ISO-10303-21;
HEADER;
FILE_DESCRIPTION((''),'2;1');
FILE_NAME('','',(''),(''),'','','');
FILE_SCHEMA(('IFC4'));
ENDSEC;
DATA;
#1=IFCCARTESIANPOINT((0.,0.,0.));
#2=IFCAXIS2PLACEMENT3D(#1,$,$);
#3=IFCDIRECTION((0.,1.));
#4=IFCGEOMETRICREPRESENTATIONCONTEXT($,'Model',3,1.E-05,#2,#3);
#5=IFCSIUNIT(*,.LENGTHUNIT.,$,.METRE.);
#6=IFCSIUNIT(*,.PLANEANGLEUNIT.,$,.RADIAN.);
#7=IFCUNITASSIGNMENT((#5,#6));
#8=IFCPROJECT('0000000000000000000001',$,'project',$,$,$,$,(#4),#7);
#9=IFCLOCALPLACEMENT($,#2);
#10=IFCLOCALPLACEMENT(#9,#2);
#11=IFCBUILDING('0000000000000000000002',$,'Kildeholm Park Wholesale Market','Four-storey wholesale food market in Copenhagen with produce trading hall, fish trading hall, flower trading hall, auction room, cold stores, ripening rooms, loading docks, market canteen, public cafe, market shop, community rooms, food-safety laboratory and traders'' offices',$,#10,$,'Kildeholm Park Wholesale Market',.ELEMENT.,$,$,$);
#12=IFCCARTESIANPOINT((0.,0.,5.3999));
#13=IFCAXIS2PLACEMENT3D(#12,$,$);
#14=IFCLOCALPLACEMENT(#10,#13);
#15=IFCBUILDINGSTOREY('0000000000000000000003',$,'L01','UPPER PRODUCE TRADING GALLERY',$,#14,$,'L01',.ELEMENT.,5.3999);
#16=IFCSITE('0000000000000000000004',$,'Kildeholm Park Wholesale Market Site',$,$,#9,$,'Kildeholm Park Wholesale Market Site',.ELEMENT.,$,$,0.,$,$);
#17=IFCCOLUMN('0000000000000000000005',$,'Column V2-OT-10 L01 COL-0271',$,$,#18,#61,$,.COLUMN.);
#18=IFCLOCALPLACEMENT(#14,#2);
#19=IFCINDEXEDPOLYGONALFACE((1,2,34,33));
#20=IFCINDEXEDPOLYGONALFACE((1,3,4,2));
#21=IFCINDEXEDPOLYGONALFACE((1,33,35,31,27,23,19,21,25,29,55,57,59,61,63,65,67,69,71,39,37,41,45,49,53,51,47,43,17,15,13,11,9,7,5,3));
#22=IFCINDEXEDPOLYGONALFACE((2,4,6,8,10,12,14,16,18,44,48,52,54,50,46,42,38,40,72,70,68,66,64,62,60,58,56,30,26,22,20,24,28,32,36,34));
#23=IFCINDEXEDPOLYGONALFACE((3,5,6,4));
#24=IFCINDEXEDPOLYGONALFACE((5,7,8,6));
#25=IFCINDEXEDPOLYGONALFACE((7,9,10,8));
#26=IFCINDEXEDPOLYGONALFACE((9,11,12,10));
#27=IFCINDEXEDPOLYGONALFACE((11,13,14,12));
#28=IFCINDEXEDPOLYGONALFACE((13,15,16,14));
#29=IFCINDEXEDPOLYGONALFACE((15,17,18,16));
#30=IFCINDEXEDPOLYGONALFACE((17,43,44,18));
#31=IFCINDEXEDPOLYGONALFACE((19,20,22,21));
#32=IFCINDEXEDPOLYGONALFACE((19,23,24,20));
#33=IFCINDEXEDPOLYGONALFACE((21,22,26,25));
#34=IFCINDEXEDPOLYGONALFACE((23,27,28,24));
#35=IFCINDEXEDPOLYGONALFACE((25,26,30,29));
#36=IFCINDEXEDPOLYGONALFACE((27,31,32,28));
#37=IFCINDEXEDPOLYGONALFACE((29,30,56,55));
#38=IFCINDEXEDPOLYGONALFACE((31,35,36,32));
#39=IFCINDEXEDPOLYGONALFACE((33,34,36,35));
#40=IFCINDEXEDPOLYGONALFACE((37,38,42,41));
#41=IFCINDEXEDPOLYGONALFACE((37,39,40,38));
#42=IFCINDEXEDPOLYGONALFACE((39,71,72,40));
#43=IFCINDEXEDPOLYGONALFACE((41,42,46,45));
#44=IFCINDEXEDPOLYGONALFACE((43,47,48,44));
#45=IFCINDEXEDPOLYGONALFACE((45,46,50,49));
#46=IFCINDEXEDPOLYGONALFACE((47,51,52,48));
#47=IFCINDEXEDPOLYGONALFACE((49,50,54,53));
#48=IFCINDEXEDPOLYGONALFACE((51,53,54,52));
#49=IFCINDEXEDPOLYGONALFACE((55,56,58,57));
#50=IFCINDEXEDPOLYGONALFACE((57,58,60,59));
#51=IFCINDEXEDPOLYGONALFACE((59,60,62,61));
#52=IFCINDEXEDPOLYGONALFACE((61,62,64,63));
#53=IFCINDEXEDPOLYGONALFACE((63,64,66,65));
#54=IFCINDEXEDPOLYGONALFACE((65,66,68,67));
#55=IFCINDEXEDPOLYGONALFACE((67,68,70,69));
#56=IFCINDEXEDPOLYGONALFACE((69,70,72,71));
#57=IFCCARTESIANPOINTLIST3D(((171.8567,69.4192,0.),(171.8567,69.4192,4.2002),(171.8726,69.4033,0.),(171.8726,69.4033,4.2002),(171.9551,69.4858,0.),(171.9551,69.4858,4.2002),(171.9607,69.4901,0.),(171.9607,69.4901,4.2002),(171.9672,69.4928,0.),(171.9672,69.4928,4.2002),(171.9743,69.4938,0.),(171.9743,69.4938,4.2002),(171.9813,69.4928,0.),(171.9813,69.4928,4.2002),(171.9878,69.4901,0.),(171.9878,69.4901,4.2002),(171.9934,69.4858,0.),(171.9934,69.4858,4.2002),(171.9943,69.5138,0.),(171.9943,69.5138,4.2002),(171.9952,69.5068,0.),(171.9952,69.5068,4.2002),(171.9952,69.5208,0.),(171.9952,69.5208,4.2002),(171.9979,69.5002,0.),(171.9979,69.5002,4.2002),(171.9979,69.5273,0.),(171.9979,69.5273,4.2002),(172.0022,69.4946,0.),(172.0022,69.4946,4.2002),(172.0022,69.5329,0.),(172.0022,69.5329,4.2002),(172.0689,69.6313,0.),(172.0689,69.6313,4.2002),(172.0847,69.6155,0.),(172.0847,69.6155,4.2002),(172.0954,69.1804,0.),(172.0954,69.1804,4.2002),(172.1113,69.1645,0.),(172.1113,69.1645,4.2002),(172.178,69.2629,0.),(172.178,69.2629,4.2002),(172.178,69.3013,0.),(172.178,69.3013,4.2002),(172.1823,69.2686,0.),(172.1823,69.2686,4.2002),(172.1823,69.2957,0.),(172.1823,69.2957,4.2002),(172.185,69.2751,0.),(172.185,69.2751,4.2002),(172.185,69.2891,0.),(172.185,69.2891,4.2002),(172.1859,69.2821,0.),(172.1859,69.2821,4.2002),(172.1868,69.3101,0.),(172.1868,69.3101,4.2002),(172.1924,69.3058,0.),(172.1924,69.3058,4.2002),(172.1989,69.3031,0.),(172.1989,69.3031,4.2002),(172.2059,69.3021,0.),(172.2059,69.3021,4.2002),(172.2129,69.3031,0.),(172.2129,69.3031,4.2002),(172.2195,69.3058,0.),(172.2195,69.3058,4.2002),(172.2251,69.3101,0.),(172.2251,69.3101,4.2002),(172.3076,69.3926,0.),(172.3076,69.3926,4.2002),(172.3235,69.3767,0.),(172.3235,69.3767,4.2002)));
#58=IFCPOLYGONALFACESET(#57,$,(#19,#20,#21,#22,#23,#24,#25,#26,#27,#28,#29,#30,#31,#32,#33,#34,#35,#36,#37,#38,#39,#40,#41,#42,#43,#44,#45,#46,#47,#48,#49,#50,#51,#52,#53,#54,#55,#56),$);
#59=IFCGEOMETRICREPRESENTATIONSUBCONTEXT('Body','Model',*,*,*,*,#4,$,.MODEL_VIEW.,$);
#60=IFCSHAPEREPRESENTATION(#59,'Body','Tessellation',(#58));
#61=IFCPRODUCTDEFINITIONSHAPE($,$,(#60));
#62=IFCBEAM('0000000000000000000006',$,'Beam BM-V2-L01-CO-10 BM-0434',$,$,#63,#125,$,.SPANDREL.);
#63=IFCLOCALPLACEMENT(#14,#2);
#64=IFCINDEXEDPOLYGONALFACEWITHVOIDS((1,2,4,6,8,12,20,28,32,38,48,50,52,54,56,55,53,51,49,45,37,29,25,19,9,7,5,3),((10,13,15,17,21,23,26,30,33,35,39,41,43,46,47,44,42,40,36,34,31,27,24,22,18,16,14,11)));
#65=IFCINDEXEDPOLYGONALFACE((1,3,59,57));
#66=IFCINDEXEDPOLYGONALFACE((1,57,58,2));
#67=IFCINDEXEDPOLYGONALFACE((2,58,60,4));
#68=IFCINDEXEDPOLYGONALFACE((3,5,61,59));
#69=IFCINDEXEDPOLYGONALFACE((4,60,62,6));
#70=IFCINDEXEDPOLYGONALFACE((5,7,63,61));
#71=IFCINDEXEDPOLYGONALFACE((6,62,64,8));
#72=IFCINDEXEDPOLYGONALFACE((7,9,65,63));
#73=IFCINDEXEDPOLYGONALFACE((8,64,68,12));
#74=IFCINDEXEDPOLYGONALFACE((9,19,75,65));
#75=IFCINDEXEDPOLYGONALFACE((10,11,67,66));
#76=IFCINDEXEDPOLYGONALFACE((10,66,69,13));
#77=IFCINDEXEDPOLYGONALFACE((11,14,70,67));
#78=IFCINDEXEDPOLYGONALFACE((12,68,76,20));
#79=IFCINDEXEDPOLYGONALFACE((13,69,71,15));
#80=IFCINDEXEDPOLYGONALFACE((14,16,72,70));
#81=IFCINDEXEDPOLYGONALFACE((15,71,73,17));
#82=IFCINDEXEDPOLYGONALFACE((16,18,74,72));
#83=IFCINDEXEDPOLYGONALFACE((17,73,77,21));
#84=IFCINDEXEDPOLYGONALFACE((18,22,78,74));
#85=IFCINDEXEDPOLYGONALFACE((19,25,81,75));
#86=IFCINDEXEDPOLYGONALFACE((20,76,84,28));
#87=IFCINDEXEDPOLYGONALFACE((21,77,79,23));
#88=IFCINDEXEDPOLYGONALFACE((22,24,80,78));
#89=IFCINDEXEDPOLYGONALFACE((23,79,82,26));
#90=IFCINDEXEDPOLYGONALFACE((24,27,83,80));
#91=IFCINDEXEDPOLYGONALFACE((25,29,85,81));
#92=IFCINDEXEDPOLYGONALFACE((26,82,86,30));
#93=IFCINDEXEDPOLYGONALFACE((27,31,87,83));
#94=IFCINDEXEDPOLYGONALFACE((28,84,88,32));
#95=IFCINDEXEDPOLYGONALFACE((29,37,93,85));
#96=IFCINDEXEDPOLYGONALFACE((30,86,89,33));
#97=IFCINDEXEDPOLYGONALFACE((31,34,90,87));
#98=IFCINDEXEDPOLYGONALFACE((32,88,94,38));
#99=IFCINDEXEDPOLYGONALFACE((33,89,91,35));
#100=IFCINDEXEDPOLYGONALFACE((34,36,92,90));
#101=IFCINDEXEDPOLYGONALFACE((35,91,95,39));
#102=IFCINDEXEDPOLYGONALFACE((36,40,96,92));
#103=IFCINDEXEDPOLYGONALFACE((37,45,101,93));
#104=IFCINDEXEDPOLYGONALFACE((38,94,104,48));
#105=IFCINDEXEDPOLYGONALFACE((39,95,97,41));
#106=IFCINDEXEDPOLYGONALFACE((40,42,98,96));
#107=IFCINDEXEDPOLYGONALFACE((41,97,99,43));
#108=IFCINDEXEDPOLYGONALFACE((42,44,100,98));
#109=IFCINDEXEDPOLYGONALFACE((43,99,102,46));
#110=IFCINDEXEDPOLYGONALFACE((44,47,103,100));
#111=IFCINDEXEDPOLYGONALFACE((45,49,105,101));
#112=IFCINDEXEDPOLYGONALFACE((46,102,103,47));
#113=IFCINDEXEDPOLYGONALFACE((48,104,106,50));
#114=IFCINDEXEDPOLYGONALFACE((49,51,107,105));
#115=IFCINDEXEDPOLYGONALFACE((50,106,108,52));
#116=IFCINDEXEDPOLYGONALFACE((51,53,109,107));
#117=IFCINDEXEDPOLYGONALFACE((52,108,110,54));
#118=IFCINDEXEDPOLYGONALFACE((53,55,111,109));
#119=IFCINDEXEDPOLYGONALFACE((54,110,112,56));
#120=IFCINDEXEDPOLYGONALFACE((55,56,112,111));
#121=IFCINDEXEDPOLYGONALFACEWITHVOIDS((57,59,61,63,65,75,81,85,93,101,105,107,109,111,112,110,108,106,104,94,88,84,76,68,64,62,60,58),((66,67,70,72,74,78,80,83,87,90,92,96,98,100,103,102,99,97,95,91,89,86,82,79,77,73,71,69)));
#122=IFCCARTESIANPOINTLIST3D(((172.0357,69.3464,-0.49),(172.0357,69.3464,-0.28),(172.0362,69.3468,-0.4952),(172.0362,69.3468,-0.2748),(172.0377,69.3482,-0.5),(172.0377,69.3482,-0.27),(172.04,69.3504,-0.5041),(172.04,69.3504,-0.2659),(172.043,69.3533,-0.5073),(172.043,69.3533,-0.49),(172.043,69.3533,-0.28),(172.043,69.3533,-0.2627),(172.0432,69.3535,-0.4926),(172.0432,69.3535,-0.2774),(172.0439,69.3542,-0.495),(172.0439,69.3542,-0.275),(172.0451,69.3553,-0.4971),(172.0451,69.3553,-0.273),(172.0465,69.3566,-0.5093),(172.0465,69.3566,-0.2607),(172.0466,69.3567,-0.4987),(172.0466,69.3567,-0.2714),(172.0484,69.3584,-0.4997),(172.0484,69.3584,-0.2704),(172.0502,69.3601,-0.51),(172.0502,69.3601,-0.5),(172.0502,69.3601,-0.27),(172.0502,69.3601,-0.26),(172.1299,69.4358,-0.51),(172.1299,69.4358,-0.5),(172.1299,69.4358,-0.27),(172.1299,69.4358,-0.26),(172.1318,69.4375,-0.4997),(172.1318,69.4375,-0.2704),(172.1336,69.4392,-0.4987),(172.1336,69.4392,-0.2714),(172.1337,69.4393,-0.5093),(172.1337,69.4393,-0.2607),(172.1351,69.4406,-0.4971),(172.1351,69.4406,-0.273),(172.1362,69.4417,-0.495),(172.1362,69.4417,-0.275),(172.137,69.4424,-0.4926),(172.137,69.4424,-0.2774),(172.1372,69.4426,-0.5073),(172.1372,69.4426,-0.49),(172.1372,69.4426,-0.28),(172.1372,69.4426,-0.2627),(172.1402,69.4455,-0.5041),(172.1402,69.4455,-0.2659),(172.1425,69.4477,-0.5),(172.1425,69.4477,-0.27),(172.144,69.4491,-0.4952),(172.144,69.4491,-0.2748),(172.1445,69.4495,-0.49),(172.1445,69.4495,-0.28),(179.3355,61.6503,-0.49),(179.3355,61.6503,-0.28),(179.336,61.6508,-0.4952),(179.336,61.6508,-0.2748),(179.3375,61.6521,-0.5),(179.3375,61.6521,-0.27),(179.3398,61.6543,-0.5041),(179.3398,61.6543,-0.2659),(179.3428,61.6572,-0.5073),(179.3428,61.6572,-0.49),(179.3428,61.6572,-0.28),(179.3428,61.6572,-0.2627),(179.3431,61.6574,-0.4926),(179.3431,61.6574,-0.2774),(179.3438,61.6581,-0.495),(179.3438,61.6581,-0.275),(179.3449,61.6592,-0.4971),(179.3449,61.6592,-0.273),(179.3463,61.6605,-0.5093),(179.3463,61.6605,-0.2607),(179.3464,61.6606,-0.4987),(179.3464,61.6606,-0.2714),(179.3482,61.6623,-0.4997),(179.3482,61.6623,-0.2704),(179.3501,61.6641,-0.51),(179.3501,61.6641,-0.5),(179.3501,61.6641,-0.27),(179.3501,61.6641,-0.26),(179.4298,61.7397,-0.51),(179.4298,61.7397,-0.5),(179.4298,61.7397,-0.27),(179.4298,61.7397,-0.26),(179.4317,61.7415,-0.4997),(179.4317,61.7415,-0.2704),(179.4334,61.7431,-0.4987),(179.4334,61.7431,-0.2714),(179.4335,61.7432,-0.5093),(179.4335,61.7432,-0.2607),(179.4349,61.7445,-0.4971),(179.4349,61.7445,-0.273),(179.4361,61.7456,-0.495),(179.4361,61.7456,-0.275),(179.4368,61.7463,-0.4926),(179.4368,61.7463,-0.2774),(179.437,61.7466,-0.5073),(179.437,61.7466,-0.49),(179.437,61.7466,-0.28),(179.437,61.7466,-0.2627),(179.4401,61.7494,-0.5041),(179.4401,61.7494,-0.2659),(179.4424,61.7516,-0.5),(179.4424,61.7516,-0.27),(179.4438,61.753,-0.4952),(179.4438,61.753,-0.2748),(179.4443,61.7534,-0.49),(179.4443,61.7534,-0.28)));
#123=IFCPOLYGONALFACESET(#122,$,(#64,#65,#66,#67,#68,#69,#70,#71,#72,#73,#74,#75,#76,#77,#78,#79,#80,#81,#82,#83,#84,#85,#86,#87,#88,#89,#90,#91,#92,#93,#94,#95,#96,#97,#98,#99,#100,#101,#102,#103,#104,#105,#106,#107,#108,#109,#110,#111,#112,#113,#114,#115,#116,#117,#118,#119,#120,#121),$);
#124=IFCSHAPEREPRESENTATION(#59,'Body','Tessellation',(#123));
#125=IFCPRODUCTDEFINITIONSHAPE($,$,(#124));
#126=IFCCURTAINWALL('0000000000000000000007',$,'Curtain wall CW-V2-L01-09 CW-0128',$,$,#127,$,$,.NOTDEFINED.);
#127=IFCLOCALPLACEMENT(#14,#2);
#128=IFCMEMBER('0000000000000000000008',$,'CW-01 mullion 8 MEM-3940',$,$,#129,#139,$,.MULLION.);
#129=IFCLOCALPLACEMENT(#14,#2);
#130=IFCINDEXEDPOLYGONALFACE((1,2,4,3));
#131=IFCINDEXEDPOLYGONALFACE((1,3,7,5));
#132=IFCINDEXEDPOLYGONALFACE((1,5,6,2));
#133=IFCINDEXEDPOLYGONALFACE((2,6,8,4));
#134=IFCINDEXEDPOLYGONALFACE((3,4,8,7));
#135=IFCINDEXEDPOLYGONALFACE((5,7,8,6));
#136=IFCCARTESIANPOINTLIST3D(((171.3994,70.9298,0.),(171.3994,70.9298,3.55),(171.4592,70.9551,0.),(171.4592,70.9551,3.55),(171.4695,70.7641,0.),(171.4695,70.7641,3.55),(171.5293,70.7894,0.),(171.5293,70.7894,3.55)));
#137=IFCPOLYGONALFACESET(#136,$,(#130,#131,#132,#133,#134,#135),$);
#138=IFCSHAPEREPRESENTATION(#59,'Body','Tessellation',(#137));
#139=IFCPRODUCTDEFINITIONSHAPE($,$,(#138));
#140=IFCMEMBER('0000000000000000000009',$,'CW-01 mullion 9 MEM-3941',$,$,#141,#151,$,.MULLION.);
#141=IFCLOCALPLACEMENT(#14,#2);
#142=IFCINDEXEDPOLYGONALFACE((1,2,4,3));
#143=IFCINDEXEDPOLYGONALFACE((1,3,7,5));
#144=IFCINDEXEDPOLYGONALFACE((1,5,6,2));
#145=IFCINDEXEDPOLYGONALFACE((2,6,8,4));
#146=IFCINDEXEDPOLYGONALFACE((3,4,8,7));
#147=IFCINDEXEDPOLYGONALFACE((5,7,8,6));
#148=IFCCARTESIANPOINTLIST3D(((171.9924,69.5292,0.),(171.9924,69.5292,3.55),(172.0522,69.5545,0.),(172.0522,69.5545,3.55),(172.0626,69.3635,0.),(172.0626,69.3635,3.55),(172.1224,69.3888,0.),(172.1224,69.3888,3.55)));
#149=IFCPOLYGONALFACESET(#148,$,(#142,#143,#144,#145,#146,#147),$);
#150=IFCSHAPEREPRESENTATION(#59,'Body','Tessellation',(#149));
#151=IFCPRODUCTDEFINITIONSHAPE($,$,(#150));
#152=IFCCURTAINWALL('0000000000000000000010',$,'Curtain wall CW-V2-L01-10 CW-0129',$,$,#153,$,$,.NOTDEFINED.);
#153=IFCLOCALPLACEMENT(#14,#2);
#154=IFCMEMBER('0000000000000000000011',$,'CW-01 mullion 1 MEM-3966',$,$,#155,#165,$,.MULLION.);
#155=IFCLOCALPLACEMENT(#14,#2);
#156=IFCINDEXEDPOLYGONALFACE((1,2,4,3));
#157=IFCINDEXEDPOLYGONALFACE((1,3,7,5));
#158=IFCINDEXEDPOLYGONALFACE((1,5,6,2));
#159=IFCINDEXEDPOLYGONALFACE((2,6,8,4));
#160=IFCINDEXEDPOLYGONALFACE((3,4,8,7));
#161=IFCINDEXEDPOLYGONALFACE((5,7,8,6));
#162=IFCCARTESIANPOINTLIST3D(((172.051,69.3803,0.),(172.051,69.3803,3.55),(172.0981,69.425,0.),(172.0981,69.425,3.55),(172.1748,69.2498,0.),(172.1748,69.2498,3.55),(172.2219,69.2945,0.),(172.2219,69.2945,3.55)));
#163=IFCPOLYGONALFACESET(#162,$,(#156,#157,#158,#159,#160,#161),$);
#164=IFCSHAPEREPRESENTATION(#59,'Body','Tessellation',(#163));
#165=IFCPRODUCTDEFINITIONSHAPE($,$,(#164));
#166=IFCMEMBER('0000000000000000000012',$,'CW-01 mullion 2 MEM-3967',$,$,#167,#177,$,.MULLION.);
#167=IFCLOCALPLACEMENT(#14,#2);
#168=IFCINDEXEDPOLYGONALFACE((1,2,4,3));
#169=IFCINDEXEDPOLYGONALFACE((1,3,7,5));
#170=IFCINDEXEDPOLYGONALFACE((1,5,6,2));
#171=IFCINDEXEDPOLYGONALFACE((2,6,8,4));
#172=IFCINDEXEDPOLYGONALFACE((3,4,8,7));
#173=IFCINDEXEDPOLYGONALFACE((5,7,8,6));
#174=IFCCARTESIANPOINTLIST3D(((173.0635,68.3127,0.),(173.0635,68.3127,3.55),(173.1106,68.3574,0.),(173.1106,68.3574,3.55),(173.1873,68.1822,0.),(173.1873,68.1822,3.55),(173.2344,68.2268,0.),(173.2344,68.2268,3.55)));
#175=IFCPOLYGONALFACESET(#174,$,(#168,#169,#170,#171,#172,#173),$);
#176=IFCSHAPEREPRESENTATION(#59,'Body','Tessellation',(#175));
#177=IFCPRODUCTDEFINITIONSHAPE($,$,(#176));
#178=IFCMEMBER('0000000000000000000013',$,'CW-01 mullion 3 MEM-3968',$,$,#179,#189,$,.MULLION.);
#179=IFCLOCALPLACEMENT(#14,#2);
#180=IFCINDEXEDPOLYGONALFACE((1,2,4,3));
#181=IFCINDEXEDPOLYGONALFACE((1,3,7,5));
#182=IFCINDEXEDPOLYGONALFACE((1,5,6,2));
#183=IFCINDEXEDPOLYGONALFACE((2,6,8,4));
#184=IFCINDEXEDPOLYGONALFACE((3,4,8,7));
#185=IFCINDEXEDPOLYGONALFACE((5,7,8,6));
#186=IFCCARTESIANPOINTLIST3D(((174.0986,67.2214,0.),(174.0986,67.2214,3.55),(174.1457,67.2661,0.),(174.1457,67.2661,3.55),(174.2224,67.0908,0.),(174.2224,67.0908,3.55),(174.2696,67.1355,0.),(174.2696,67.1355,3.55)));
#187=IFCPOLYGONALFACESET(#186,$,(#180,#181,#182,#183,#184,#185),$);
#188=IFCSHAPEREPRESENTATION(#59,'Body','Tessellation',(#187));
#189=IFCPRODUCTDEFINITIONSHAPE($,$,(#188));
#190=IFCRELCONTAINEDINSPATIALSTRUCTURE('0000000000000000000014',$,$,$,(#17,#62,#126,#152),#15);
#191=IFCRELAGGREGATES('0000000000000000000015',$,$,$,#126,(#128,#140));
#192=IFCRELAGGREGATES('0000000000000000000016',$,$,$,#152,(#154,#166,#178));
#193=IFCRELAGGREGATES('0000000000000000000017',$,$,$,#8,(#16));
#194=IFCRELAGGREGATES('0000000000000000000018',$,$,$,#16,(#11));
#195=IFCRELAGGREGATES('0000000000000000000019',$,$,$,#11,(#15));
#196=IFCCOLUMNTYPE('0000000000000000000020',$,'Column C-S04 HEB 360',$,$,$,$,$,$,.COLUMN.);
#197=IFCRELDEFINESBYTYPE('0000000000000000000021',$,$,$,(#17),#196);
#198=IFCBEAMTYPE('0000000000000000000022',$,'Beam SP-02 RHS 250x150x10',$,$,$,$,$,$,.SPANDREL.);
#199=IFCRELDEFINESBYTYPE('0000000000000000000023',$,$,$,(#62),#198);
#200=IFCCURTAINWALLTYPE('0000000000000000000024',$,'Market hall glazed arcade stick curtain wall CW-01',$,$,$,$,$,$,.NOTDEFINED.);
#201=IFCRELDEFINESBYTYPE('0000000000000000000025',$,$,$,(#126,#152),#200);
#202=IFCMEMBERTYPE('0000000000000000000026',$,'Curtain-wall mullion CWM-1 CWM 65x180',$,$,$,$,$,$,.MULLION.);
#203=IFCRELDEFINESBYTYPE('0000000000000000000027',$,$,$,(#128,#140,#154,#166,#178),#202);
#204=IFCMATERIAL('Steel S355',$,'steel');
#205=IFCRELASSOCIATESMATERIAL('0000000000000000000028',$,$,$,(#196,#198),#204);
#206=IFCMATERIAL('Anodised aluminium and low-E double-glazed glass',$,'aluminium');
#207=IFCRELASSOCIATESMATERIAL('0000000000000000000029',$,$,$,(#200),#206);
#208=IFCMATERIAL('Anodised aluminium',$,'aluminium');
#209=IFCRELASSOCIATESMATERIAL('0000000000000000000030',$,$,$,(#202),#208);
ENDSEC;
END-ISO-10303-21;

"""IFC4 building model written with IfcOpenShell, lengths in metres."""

from ifc_helpers import new_model, si_unit, direction, frame, origin, origin_2d, place, context, subcontext, project, spatial, rectangle, hollow_rectangle, i_section, extrude, material, material_profile, profile_set, type_object, element, aggregate, save


model = new_model("IFC4")

# Units and contexts
model_context = context("Model", 3, precision=1e-05, world=origin(), true_north=direction((0.0, 1.0)))
body_context = subcontext(model_context, "Body", "Model", "MODEL_VIEW")
ifc_project = project(units=[si_unit("LENGTHUNIT", "METRE"), si_unit("PLANEANGLEUNIT", "RADIAN")], contexts=[model_context])

# Site, building, storey
site_placement = place(None, origin())
site = spatial("IfcSite", under=ifc_project, at=site_placement, Name="Kildeholm Park Wholesale Market Site", LongName="Kildeholm Park Wholesale Market Site", CompositionType="ELEMENT", RefElevation=0.0)
building_placement = place(site_placement, origin())
building = spatial("IfcBuilding", under=site, at=building_placement, Name="Kildeholm Park Wholesale Market", Description="Four-storey wholesale food market in Copenhagen with produce trading hall, fish trading hall, flower trading hall, auction room, cold stores, ripening rooms, loading docks, market canteen, public cafe, market shop, community rooms, food-safety laboratory and traders' offices", LongName="Kildeholm Park Wholesale Market", CompositionType="ELEMENT")
storey_placement = place(building_placement, frame((0.0, 0.0, 5.3999)))
storey = spatial("IfcBuildingStorey", under=building, at=storey_placement, Name="L01", Description="UPPER PRODUCE TRADING GALLERY", LongName="L01", CompositionType="ELEMENT", Elevation=5.3999)

# Column
ifc_material_1 = material(Name="Steel S355", Category="steel")
ifc_material_profile_1 = material_profile(ifc_material_1, i_section(OverallWidth=0.3, OverallDepth=0.3601, WebThickness=0.0125, FlangeThickness=0.0225, FilletRadius=0.0271, at=origin_2d()), Name="HEB 360")
ifc_profile_set_1 = profile_set([ifc_material_profile_1], Name="Steel S355")
column_type = type_object("IfcColumnType", Name="Column C-S04 HEB 360", PredefinedType="COLUMN", material=ifc_profile_set_1)
column_placement = place(storey_placement, frame((172.0901, 69.3979, 0.0), z_axis=(0.0, 0.0, 1.0), x_axis=(-0.707107, -0.707107, 0.0)))
element("IfcColumn", 1, at=column_placement, inside=storey, type_object=column_type, Name="Column V2-OT-10 L01 COL-0271", PredefinedType="COLUMN", context=body_context, shape_type="SweptSolid", body=[
    extrude(i_section(OverallWidth=0.3, OverallDepth=0.3601, WebThickness=0.0125, FlangeThickness=0.0225, FilletRadius=0.0271, at=origin_2d()), origin(), (0.0, 0.0, 1.0), 4.2002),
])

# Beam
ifc_material_profile_2 = material_profile(ifc_material_1, hollow_rectangle(XDim=0.1499, YDim=0.25, WallThickness=0.01, InnerFilletRadius=0.01, OuterFilletRadius=0.02, at=origin_2d()), Name="RHS 250x150x10")
ifc_profile_set_2 = profile_set([ifc_material_profile_2], Name="Steel S355")
beam_type = type_object("IfcBeamType", Name="Beam SP-02 RHS 250x150x10", PredefinedType="SPANDREL", material=ifc_profile_set_2)
beam_placement = place(storey_placement, frame((172.0901, 69.3979, -0.385), z_axis=(0.688182, -0.725538, 0.0), x_axis=(0.725538, 0.688182, 0.0)))
element("IfcBeam", 2, at=beam_placement, inside=storey, type_object=beam_type, Name="Beam BM-V2-L01-CO-10 BM-0434", PredefinedType="SPANDREL", context=body_context, shape_type="SweptSolid", body=[
    extrude(hollow_rectangle(XDim=0.1499, YDim=0.25, WallThickness=0.01, InnerFilletRadius=0.01, OuterFilletRadius=0.02, at=origin_2d()), origin(), (0.0, 0.0, 1.0), 10.6074),
])

# Curtain walls, members
ifc_material_2 = material(Name="Anodised aluminium and low-E double-glazed glass", Category="aluminium")
curtain_wall_type = type_object("IfcCurtainWallType", Name="Market hall glazed arcade stick curtain wall CW-01", PredefinedType="NOTDEFINED", material=ifc_material_2)
curtain_wall_1_placement = place(storey_placement, origin())
curtain_wall_1 = element("IfcCurtainWall", 3, at=curtain_wall_1_placement, inside=storey, type_object=curtain_wall_type, Name="Curtain wall CW-V2-L01-09 CW-0128", PredefinedType="NOTDEFINED")
ifc_material_3 = material(Name="Anodised aluminium", Category="aluminium")
ifc_material_profile_3 = material_profile(ifc_material_3, rectangle(XDim=0.0649, YDim=0.1799, at=origin_2d()), Name="CWM 65x180")
ifc_profile_set_3 = profile_set([ifc_material_profile_3], Name="Anodised aluminium")
member_type_1 = type_object("IfcMemberType", Name="Curtain-wall mullion CWM-1 CWM 65x180", PredefinedType="MULLION", material=ifc_profile_set_3)
member_1_placement = place(storey_placement, frame((171.4644, 70.8596, 0.0), z_axis=(0.0, 0.0, 1.0), x_axis=(0.920855, 0.389905, 0.0)))
member_1 = element("IfcMember", 4, at=member_1_placement, type_object=member_type_1, Name="CW-01 mullion 8 MEM-3940", PredefinedType="MULLION", context=body_context, shape_type="SweptSolid", body=[
    extrude(rectangle(XDim=0.0649, YDim=0.1799, at=origin_2d()), origin(), (0.0, 0.0, 1.0), 3.55),
])
member_2_placement = place(storey_placement, frame((172.0574, 69.459, 0.0), z_axis=(0.0, 0.0, 1.0), x_axis=(0.920855, 0.389905, 0.0)))
member_2 = element("IfcMember", 5, at=member_2_placement, type_object=member_type_1, Name="CW-01 mullion 9 MEM-3941", PredefinedType="MULLION", context=body_context, shape_type="SweptSolid", body=[
    extrude(rectangle(XDim=0.0649, YDim=0.1799, at=origin_2d()), origin(), (0.0, 0.0, 1.0), 3.55),
])
curtain_wall_2_placement = place(storey_placement, origin())
curtain_wall_2 = element("IfcCurtainWall", 6, at=curtain_wall_2_placement, inside=storey, type_object=curtain_wall_type, Name="Curtain wall CW-V2-L01-10 CW-0129", PredefinedType="NOTDEFINED")
member_3_placement = place(storey_placement, frame((172.1365, 69.3374, 0.0), z_axis=(0.0, 0.0, 1.0), x_axis=(0.725571, 0.688148, 0.0)))
member_3 = element("IfcMember", 7, at=member_3_placement, type_object=member_type_1, Name="CW-01 mullion 1 MEM-3966", PredefinedType="MULLION", context=body_context, shape_type="SweptSolid", body=[
    extrude(rectangle(XDim=0.0649, YDim=0.1799, at=origin_2d()), origin(), (0.0, 0.0, 1.0), 3.55),
])
member_4_placement = place(storey_placement, frame((173.1489, 68.2698, 0.0), z_axis=(0.0, 0.0, 1.0), x_axis=(0.725571, 0.688148, 0.0)))
member_4 = element("IfcMember", 8, at=member_4_placement, type_object=member_type_1, Name="CW-01 mullion 2 MEM-3967", PredefinedType="MULLION", context=body_context, shape_type="SweptSolid", body=[
    extrude(rectangle(XDim=0.0649, YDim=0.1799, at=origin_2d()), origin(), (0.0, 0.0, 1.0), 3.55),
])
member_5_placement = place(storey_placement, frame((174.1841, 67.1785, 0.0), z_axis=(0.0, 0.0, 1.0), x_axis=(0.725571, 0.688148, 0.0)))
member_5 = element("IfcMember", 9, at=member_5_placement, type_object=member_type_1, Name="CW-01 mullion 3 MEM-3968", PredefinedType="MULLION", context=body_context, shape_type="SweptSolid", body=[
    extrude(rectangle(XDim=0.0649, YDim=0.1799, at=origin_2d()), origin(), (0.0, 0.0, 1.0), 3.55),
])

aggregate(curtain_wall_1, [member_1, member_2])
aggregate(curtain_wall_2, [member_3, member_4, member_5])

save(model, "model.ifc")
